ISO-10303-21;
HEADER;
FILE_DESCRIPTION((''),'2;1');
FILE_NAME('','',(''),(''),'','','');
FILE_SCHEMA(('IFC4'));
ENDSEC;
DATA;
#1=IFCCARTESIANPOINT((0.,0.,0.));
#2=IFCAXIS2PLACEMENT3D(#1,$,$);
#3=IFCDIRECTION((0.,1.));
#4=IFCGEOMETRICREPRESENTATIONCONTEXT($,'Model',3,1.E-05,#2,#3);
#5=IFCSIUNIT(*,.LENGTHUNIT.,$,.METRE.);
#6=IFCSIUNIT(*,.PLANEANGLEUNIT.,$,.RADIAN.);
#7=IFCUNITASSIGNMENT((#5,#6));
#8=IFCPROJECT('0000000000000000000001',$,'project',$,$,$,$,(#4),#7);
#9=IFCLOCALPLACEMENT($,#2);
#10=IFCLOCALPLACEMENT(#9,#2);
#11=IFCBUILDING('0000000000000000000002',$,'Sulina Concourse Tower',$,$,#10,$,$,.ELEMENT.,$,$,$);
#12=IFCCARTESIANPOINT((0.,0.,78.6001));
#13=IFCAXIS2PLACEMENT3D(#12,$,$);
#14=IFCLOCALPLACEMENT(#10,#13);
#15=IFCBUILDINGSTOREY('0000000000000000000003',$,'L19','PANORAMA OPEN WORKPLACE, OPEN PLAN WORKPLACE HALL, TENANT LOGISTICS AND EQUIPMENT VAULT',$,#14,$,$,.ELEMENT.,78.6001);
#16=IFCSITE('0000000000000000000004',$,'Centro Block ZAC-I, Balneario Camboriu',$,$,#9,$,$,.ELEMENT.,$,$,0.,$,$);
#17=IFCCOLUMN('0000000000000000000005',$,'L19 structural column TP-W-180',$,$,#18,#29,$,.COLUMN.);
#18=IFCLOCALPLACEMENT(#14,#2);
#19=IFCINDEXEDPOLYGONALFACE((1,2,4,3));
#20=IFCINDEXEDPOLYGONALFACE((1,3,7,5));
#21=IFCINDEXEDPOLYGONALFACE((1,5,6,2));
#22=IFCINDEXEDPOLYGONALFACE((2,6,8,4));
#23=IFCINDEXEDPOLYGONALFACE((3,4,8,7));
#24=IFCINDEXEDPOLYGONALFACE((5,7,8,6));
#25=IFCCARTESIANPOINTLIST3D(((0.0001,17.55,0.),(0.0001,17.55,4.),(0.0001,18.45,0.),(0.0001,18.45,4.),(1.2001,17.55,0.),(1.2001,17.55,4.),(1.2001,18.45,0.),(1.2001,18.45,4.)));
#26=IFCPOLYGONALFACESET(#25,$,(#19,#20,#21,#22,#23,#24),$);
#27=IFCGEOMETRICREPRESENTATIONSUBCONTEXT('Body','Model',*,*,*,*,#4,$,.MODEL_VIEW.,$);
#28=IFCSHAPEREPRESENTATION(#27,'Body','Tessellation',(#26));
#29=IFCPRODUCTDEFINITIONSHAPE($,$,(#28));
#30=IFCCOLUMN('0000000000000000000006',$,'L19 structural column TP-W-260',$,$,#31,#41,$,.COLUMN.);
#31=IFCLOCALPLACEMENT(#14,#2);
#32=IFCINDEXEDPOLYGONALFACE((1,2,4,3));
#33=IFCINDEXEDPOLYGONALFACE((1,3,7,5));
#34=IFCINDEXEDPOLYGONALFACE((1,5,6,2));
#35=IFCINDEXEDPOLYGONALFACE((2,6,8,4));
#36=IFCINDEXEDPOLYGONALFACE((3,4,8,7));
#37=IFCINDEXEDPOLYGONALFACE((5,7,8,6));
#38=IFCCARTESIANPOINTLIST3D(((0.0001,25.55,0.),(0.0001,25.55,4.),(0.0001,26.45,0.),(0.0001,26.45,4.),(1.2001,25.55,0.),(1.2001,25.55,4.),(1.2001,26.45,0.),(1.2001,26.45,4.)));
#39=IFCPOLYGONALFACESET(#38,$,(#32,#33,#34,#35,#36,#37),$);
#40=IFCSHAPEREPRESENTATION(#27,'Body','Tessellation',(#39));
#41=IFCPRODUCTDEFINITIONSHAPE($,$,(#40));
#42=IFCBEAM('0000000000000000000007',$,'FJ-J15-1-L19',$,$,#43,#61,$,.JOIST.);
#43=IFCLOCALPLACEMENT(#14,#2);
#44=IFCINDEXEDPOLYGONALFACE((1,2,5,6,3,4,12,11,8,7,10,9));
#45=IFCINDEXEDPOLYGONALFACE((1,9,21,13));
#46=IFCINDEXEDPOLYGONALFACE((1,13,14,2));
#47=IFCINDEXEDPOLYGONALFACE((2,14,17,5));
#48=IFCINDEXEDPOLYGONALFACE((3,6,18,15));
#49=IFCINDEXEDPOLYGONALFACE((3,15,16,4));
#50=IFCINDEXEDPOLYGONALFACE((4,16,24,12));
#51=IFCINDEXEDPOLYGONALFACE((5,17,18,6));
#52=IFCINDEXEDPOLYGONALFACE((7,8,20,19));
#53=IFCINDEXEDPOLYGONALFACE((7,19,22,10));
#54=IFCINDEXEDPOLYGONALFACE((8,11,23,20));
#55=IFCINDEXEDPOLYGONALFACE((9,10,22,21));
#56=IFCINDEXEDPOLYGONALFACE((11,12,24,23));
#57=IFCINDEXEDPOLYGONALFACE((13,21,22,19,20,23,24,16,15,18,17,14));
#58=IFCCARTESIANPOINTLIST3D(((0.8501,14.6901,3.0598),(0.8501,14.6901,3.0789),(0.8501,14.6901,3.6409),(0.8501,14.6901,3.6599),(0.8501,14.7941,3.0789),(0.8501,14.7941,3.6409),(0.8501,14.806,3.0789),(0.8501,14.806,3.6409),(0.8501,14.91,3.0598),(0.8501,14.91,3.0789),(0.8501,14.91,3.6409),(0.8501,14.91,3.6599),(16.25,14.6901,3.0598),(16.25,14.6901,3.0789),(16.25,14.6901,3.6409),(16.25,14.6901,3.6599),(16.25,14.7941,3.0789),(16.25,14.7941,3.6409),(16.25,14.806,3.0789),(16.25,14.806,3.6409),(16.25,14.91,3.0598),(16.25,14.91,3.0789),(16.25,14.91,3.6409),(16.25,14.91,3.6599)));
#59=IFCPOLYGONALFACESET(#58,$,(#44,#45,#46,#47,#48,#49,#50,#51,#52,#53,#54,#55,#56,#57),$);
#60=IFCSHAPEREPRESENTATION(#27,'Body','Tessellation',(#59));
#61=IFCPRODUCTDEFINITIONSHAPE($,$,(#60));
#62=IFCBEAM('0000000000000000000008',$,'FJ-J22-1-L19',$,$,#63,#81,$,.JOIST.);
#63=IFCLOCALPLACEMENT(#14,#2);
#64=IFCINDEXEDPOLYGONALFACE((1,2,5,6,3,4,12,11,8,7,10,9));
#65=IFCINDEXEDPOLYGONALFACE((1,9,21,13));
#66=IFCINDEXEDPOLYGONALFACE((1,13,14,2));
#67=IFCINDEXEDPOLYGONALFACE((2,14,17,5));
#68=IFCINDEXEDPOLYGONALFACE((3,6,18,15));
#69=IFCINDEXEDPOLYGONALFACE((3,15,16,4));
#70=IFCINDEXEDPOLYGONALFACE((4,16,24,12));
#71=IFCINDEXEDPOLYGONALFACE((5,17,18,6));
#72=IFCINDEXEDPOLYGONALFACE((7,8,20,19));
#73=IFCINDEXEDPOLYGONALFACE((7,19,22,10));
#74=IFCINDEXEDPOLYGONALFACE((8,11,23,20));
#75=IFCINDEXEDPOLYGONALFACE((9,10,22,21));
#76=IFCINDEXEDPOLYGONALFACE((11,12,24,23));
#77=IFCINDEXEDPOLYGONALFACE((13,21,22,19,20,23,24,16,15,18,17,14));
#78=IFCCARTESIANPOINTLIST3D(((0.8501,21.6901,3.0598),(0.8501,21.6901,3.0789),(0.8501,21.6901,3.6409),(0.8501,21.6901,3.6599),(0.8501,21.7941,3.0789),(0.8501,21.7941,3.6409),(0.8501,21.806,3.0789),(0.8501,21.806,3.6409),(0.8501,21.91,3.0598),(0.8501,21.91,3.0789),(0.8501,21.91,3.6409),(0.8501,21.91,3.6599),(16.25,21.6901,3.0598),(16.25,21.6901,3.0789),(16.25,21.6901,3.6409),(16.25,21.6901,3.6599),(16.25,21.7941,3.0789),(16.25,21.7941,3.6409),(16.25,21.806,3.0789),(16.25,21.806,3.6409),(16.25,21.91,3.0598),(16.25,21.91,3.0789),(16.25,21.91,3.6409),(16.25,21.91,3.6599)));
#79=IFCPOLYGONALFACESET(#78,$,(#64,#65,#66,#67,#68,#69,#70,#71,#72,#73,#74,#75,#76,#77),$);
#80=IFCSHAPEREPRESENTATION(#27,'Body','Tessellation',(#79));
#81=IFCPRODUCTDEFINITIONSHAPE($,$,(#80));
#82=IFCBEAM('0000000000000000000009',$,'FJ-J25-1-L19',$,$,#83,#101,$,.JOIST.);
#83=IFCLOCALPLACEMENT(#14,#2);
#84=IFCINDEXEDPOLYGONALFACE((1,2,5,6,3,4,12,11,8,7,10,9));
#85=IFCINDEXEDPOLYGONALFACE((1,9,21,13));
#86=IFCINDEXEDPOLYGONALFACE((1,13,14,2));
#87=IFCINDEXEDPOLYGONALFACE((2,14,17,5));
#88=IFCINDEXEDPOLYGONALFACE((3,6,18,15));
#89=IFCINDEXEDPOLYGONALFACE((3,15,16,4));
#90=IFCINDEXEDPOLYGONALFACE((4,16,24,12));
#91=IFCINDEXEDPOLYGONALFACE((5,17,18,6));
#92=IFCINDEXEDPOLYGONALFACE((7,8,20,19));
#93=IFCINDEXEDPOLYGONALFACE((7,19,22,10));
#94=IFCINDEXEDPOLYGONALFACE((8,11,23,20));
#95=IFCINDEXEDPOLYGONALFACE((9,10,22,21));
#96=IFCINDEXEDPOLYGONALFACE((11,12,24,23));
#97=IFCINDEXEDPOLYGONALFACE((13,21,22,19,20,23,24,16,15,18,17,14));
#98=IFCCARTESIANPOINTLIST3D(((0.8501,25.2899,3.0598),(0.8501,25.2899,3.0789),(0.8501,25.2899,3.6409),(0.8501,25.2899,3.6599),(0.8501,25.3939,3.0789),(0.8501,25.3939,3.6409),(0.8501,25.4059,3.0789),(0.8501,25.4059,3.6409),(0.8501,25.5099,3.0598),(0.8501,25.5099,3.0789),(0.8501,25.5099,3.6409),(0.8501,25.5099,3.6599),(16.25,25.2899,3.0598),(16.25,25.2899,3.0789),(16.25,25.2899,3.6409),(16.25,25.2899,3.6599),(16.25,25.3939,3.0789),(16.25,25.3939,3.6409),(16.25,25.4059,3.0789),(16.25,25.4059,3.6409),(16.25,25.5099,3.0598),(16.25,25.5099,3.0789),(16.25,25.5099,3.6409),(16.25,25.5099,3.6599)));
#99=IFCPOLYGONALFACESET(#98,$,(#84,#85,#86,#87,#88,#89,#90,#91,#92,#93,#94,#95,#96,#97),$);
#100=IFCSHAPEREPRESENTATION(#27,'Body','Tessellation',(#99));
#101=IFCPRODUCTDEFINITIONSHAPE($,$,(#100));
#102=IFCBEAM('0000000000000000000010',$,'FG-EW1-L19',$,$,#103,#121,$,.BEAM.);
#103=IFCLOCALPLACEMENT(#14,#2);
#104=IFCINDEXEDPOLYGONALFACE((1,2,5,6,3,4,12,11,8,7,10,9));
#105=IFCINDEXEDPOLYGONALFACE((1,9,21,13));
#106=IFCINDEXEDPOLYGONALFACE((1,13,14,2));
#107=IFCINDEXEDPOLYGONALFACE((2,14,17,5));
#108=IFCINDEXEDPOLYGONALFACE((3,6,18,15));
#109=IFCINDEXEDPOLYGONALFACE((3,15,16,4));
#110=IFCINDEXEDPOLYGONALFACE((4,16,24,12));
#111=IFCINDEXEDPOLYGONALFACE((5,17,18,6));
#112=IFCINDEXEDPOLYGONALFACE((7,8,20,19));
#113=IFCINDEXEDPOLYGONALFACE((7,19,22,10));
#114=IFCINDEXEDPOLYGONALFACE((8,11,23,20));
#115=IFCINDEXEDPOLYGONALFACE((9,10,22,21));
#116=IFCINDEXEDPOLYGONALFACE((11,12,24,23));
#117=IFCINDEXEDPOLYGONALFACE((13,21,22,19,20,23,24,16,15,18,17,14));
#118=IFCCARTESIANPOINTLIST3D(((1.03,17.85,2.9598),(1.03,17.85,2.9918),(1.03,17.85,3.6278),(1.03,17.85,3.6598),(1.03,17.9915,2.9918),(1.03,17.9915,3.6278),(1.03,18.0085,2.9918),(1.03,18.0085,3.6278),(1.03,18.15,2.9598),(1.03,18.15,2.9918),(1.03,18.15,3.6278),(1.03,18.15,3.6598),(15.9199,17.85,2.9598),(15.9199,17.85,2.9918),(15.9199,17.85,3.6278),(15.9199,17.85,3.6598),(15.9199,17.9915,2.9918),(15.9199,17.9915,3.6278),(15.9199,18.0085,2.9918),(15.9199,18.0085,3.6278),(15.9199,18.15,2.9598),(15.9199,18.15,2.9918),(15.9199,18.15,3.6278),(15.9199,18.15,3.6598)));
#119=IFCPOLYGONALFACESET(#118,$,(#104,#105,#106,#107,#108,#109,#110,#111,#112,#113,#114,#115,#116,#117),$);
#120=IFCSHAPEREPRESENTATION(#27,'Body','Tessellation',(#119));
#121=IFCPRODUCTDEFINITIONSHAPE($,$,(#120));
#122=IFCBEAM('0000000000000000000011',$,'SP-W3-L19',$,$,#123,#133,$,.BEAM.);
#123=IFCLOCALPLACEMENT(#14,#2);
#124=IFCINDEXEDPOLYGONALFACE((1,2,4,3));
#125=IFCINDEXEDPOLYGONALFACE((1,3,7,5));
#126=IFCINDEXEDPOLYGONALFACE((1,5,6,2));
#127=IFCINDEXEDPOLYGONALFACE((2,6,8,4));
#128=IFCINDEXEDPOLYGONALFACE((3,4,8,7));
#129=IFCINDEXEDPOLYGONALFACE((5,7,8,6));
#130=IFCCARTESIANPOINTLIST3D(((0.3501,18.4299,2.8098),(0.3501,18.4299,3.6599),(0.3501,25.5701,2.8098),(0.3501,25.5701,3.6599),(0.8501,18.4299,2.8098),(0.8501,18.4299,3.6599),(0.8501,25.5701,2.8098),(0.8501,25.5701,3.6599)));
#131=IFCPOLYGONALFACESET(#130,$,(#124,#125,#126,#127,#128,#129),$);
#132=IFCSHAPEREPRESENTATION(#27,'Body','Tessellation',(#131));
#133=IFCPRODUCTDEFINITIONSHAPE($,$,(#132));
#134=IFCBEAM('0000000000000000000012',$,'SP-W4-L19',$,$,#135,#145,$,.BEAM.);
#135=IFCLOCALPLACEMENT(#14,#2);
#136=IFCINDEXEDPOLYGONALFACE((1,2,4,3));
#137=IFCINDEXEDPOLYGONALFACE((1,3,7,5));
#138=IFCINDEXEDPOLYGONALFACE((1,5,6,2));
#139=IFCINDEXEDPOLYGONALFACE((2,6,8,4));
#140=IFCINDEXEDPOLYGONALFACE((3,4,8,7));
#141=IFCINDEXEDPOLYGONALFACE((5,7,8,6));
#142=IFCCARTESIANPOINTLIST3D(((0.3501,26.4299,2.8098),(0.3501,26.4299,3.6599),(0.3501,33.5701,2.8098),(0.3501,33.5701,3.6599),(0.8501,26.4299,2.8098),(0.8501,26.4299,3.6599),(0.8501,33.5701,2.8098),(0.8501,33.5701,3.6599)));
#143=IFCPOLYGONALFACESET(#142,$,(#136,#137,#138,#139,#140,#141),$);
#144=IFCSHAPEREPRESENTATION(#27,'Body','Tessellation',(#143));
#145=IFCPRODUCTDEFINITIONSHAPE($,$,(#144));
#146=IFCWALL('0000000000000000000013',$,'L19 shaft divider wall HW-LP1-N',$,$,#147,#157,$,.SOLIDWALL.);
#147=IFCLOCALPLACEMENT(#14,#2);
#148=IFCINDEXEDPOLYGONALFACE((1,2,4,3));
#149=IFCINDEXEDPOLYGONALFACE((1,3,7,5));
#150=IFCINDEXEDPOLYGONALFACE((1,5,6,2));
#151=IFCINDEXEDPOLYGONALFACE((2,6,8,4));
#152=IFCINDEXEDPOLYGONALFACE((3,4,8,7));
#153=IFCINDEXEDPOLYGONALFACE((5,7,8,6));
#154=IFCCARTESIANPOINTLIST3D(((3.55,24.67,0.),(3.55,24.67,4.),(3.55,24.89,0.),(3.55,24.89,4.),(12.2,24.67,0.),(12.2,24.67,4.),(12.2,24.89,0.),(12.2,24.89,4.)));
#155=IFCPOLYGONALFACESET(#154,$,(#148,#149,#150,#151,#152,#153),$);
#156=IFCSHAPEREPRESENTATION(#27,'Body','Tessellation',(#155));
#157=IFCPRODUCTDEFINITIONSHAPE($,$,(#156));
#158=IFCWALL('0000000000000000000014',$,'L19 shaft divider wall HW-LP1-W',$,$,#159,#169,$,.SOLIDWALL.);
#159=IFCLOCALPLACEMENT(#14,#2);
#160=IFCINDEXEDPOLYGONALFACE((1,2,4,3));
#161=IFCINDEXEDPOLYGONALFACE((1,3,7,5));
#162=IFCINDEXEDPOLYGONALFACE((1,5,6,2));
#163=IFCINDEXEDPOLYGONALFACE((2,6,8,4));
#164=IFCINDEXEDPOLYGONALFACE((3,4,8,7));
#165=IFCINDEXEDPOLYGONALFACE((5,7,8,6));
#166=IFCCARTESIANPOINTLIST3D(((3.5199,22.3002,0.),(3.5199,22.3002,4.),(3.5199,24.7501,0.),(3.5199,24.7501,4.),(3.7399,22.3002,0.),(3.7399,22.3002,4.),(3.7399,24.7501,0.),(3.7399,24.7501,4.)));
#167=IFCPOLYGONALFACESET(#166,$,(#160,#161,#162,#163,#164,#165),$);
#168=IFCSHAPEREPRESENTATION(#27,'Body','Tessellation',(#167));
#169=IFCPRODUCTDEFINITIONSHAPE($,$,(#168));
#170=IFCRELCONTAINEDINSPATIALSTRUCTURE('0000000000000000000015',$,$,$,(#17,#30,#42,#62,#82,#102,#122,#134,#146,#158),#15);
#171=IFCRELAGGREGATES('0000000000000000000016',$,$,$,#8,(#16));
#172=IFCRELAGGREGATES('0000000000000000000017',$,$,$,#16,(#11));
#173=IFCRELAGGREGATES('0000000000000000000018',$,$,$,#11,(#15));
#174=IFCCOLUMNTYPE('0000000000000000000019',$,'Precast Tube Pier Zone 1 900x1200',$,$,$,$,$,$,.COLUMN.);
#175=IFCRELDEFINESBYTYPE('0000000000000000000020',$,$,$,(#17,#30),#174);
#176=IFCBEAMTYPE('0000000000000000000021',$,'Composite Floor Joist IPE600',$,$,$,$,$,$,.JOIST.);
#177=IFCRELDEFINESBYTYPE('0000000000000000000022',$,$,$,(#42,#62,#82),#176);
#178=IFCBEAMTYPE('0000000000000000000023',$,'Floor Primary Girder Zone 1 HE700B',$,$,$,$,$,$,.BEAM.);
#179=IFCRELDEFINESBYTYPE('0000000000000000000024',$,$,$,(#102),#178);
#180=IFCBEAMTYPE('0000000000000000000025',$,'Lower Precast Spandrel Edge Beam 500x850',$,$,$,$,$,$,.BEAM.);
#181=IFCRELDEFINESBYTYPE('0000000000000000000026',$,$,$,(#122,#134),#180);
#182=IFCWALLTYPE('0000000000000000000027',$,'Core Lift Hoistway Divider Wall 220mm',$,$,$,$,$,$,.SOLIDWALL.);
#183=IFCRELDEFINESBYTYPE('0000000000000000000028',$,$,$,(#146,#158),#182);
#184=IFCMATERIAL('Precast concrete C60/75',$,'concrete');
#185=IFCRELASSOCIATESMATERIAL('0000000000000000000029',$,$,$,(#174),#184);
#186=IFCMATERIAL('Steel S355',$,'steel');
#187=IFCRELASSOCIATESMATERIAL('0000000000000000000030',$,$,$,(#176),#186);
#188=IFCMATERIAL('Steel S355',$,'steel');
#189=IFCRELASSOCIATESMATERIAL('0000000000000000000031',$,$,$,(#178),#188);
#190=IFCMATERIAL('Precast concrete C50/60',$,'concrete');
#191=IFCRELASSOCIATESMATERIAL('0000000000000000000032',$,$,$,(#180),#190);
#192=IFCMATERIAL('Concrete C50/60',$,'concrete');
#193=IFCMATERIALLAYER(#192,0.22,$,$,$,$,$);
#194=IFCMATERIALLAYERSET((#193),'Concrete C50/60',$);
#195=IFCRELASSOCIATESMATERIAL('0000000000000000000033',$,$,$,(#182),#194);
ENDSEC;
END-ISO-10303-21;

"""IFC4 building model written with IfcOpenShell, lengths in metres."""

from ifc_helpers import new_model, si_unit, direction, frame, frame_2d, origin, origin_2d, place, context, subcontext, project, spatial, rectangle, i_section, extrude, material, layer, layer_set, material_profile, profile_set, type_object, element, save


model = new_model("IFC4")

# Units and contexts
model_context = context("Model", 3, precision=1e-05, world=origin(), true_north=direction((0.0, 1.0)))
body_context = subcontext(model_context, "Body", "Model", "MODEL_VIEW")
ifc_project = project(units=[si_unit("LENGTHUNIT", "METRE"), si_unit("PLANEANGLEUNIT", "RADIAN")], contexts=[model_context])

# Site, building, storey
site_placement = place(None, origin())
site = spatial("IfcSite", under=ifc_project, at=site_placement, Name="Centro Block ZAC-I, Balneario Camboriu", CompositionType="ELEMENT", RefElevation=0.0)
building_placement = place(site_placement, origin())
building = spatial("IfcBuilding", under=site, at=building_placement, Name="Sulina Concourse Tower", CompositionType="ELEMENT")
storey_placement = place(building_placement, frame((0.0, 0.0, 78.6001)))
storey = spatial("IfcBuildingStorey", under=building, at=storey_placement, Name="L19", Description="PANORAMA OPEN WORKPLACE, OPEN PLAN WORKPLACE HALL, TENANT LOGISTICS AND EQUIPMENT VAULT", CompositionType="ELEMENT", Elevation=78.6001)

# Columns
ifc_material_1 = material(Name="Precast concrete C60/75", Category="concrete")
ifc_material_profile_1 = material_profile(ifc_material_1, rectangle(XDim=0.8999, YDim=1.2, at=origin_2d()), Name="PC 900x1200")
ifc_profile_set_1 = profile_set([ifc_material_profile_1], Name="Precast concrete C60/75")
column_type = type_object("IfcColumnType", Name="Precast Tube Pier Zone 1 900x1200", PredefinedType="COLUMN", material=ifc_profile_set_1)
for number, where, z_axis, x_axis, name in (
    (1, (0.6001, 18.0, 0.0), (0.0, 0.0, 1.0), (0.0, 1.0, 0.0), "L19 structural column TP-W-180"),
    (2, (0.6001, 26.0, 0.0), (0.0, 0.0, 1.0), (0.0, 1.0, 0.0), "L19 structural column TP-W-260"),
):
    element("IfcColumn", number, at=place(storey_placement, frame(where, z_axis=z_axis, x_axis=x_axis)), inside=storey, type_object=column_type, Name=name, PredefinedType="COLUMN", context=body_context, shape_type="SweptSolid", body=[
        extrude(rectangle(XDim=0.8999, YDim=1.2, at=origin_2d()), origin(), (0.0, 0.0, 1.0), 4.0),
    ])

# Beams
ifc_material_2 = material(Name="Steel S355", Category="steel")
ifc_material_profile_2 = material_profile(ifc_material_2, i_section(OverallWidth=0.22, OverallDepth=0.6001, WebThickness=0.012, FlangeThickness=0.019, at=origin_2d()), Name="IPE 600")
ifc_profile_set_2 = profile_set([ifc_material_profile_2], Name="Steel S355")
beam_type_1 = type_object("IfcBeamType", Name="Composite Floor Joist IPE600", PredefinedType="JOIST", material=ifc_profile_set_2)
for number, where, z_axis, x_axis, name in (
    (3, (0.8501, 14.8, 3.3599), (1.0, 0.0, 0.0), (0.0, 1.0, 0.0), "FJ-J15-1-L19"),
    (4, (0.8501, 21.8, 3.3599), (1.0, 0.0, 0.0), (0.0, 1.0, 0.0), "FJ-J22-1-L19"),
    (5, (0.8501, 25.3999, 3.3599), (1.0, 0.0, 0.0), (0.0, 1.0, 0.0), "FJ-J25-1-L19"),
):
    element("IfcBeam", number, at=place(storey_placement, frame(where, z_axis=z_axis, x_axis=x_axis)), inside=storey, type_object=beam_type_1, Name=name, PredefinedType="JOIST", context=body_context, shape_type="SweptSolid", body=[
        extrude(i_section(OverallWidth=0.22, OverallDepth=0.6001, WebThickness=0.012, FlangeThickness=0.019, at=origin_2d()), origin(), (0.0, 0.0, 1.0), 15.3999),
    ])
ifc_material_3 = material(Name="Steel S355", Category="steel")
ifc_material_profile_3 = material_profile(ifc_material_3, i_section(OverallWidth=0.3, OverallDepth=0.7, WebThickness=0.0171, FlangeThickness=0.032, at=origin_2d()), Name="HE 700 B")
ifc_profile_set_3 = profile_set([ifc_material_profile_3], Name="Steel S355")
beam_type_2 = type_object("IfcBeamType", Name="Floor Primary Girder Zone 1 HE700B", PredefinedType="BEAM", material=ifc_profile_set_3)
beam_placement = place(storey_placement, frame((1.03, 18.0, 3.3098), z_axis=(1.0, 0.0, 0.0), x_axis=(0.0, 1.0, 0.0)))
element("IfcBeam", 6, at=beam_placement, inside=storey, type_object=beam_type_2, Name="FG-EW1-L19", PredefinedType="BEAM", context=body_context, shape_type="SweptSolid", body=[
    extrude(i_section(OverallWidth=0.3, OverallDepth=0.7, WebThickness=0.0171, FlangeThickness=0.032, at=origin_2d()), origin(), (0.0, 0.0, 1.0), 14.8899),
])
ifc_material_4 = material(Name="Precast concrete C50/60", Category="concrete")
ifc_material_profile_4 = material_profile(ifc_material_4, rectangle(XDim=0.5, YDim=0.8501, at=origin_2d()), Name="RC 500x850")
ifc_profile_set_4 = profile_set([ifc_material_profile_4], Name="Precast concrete C50/60")
beam_type_3 = type_object("IfcBeamType", Name="Lower Precast Spandrel Edge Beam 500x850", PredefinedType="BEAM", material=ifc_profile_set_4)
for number, where, z_axis, x_axis, name in (
    (7, (0.6001, 18.4299, 3.2349), (0.0, 1.0, 0.0), (-1.0, 0.0, 0.0), "SP-W3-L19"),
    (8, (0.6001, 26.4299, 3.2349), (0.0, 1.0, 0.0), (-1.0, 0.0, 0.0), "SP-W4-L19"),
):
    element("IfcBeam", number, at=place(storey_placement, frame(where, z_axis=z_axis, x_axis=x_axis)), inside=storey, type_object=beam_type_3, Name=name, PredefinedType="BEAM", context=body_context, shape_type="SweptSolid", body=[
        extrude(rectangle(XDim=0.5, YDim=0.8501, at=origin_2d()), origin(), (0.0, 0.0, 1.0), 7.1401),
    ])

# Walls
ifc_material_5 = material(Name="Concrete C50/60", Category="concrete")
ifc_layer_1 = layer(ifc_material_5, 0.22)
ifc_layer_set_1 = layer_set([ifc_layer_1], Name="Concrete C50/60")
wall_type_1 = type_object("IfcWallType", Name="Core Lift Hoistway Divider Wall 220mm", PredefinedType="SOLIDWALL", material=ifc_layer_set_1)
wall_1_placement = place(storey_placement, frame((3.55, 24.78, 0.0), z_axis=(0.0, 0.0, 1.0), x_axis=(1.0, 0.0, 0.0)))
element("IfcWall", 9, at=wall_1_placement, inside=storey, type_object=wall_type_1, Name="L19 shaft divider wall HW-LP1-N", PredefinedType="SOLIDWALL", context=body_context, shape_type="SweptSolid", body=[
    extrude(rectangle(XDim=8.6499, YDim=0.22, at=frame_2d((4.325, 0.0))), origin(), (0.0, 0.0, 1.0), 4.0),
])
wall_2_placement = place(storey_placement, frame((3.6299, 22.3, 0.0), z_axis=(0.0, 0.0, 1.0), x_axis=(0.0, 1.0, 0.0)))
element("IfcWall", 10, at=wall_2_placement, inside=storey, type_object=wall_type_1, Name="L19 shaft divider wall HW-LP1-W", PredefinedType="SOLIDWALL", context=body_context, shape_type="SweptSolid", body=[
    extrude(rectangle(XDim=2.45, YDim=0.22, at=frame_2d((1.2251, 0.0))), origin(), (0.0, 0.0, 1.0), 4.0),
])

save(model, "model.ifc")
